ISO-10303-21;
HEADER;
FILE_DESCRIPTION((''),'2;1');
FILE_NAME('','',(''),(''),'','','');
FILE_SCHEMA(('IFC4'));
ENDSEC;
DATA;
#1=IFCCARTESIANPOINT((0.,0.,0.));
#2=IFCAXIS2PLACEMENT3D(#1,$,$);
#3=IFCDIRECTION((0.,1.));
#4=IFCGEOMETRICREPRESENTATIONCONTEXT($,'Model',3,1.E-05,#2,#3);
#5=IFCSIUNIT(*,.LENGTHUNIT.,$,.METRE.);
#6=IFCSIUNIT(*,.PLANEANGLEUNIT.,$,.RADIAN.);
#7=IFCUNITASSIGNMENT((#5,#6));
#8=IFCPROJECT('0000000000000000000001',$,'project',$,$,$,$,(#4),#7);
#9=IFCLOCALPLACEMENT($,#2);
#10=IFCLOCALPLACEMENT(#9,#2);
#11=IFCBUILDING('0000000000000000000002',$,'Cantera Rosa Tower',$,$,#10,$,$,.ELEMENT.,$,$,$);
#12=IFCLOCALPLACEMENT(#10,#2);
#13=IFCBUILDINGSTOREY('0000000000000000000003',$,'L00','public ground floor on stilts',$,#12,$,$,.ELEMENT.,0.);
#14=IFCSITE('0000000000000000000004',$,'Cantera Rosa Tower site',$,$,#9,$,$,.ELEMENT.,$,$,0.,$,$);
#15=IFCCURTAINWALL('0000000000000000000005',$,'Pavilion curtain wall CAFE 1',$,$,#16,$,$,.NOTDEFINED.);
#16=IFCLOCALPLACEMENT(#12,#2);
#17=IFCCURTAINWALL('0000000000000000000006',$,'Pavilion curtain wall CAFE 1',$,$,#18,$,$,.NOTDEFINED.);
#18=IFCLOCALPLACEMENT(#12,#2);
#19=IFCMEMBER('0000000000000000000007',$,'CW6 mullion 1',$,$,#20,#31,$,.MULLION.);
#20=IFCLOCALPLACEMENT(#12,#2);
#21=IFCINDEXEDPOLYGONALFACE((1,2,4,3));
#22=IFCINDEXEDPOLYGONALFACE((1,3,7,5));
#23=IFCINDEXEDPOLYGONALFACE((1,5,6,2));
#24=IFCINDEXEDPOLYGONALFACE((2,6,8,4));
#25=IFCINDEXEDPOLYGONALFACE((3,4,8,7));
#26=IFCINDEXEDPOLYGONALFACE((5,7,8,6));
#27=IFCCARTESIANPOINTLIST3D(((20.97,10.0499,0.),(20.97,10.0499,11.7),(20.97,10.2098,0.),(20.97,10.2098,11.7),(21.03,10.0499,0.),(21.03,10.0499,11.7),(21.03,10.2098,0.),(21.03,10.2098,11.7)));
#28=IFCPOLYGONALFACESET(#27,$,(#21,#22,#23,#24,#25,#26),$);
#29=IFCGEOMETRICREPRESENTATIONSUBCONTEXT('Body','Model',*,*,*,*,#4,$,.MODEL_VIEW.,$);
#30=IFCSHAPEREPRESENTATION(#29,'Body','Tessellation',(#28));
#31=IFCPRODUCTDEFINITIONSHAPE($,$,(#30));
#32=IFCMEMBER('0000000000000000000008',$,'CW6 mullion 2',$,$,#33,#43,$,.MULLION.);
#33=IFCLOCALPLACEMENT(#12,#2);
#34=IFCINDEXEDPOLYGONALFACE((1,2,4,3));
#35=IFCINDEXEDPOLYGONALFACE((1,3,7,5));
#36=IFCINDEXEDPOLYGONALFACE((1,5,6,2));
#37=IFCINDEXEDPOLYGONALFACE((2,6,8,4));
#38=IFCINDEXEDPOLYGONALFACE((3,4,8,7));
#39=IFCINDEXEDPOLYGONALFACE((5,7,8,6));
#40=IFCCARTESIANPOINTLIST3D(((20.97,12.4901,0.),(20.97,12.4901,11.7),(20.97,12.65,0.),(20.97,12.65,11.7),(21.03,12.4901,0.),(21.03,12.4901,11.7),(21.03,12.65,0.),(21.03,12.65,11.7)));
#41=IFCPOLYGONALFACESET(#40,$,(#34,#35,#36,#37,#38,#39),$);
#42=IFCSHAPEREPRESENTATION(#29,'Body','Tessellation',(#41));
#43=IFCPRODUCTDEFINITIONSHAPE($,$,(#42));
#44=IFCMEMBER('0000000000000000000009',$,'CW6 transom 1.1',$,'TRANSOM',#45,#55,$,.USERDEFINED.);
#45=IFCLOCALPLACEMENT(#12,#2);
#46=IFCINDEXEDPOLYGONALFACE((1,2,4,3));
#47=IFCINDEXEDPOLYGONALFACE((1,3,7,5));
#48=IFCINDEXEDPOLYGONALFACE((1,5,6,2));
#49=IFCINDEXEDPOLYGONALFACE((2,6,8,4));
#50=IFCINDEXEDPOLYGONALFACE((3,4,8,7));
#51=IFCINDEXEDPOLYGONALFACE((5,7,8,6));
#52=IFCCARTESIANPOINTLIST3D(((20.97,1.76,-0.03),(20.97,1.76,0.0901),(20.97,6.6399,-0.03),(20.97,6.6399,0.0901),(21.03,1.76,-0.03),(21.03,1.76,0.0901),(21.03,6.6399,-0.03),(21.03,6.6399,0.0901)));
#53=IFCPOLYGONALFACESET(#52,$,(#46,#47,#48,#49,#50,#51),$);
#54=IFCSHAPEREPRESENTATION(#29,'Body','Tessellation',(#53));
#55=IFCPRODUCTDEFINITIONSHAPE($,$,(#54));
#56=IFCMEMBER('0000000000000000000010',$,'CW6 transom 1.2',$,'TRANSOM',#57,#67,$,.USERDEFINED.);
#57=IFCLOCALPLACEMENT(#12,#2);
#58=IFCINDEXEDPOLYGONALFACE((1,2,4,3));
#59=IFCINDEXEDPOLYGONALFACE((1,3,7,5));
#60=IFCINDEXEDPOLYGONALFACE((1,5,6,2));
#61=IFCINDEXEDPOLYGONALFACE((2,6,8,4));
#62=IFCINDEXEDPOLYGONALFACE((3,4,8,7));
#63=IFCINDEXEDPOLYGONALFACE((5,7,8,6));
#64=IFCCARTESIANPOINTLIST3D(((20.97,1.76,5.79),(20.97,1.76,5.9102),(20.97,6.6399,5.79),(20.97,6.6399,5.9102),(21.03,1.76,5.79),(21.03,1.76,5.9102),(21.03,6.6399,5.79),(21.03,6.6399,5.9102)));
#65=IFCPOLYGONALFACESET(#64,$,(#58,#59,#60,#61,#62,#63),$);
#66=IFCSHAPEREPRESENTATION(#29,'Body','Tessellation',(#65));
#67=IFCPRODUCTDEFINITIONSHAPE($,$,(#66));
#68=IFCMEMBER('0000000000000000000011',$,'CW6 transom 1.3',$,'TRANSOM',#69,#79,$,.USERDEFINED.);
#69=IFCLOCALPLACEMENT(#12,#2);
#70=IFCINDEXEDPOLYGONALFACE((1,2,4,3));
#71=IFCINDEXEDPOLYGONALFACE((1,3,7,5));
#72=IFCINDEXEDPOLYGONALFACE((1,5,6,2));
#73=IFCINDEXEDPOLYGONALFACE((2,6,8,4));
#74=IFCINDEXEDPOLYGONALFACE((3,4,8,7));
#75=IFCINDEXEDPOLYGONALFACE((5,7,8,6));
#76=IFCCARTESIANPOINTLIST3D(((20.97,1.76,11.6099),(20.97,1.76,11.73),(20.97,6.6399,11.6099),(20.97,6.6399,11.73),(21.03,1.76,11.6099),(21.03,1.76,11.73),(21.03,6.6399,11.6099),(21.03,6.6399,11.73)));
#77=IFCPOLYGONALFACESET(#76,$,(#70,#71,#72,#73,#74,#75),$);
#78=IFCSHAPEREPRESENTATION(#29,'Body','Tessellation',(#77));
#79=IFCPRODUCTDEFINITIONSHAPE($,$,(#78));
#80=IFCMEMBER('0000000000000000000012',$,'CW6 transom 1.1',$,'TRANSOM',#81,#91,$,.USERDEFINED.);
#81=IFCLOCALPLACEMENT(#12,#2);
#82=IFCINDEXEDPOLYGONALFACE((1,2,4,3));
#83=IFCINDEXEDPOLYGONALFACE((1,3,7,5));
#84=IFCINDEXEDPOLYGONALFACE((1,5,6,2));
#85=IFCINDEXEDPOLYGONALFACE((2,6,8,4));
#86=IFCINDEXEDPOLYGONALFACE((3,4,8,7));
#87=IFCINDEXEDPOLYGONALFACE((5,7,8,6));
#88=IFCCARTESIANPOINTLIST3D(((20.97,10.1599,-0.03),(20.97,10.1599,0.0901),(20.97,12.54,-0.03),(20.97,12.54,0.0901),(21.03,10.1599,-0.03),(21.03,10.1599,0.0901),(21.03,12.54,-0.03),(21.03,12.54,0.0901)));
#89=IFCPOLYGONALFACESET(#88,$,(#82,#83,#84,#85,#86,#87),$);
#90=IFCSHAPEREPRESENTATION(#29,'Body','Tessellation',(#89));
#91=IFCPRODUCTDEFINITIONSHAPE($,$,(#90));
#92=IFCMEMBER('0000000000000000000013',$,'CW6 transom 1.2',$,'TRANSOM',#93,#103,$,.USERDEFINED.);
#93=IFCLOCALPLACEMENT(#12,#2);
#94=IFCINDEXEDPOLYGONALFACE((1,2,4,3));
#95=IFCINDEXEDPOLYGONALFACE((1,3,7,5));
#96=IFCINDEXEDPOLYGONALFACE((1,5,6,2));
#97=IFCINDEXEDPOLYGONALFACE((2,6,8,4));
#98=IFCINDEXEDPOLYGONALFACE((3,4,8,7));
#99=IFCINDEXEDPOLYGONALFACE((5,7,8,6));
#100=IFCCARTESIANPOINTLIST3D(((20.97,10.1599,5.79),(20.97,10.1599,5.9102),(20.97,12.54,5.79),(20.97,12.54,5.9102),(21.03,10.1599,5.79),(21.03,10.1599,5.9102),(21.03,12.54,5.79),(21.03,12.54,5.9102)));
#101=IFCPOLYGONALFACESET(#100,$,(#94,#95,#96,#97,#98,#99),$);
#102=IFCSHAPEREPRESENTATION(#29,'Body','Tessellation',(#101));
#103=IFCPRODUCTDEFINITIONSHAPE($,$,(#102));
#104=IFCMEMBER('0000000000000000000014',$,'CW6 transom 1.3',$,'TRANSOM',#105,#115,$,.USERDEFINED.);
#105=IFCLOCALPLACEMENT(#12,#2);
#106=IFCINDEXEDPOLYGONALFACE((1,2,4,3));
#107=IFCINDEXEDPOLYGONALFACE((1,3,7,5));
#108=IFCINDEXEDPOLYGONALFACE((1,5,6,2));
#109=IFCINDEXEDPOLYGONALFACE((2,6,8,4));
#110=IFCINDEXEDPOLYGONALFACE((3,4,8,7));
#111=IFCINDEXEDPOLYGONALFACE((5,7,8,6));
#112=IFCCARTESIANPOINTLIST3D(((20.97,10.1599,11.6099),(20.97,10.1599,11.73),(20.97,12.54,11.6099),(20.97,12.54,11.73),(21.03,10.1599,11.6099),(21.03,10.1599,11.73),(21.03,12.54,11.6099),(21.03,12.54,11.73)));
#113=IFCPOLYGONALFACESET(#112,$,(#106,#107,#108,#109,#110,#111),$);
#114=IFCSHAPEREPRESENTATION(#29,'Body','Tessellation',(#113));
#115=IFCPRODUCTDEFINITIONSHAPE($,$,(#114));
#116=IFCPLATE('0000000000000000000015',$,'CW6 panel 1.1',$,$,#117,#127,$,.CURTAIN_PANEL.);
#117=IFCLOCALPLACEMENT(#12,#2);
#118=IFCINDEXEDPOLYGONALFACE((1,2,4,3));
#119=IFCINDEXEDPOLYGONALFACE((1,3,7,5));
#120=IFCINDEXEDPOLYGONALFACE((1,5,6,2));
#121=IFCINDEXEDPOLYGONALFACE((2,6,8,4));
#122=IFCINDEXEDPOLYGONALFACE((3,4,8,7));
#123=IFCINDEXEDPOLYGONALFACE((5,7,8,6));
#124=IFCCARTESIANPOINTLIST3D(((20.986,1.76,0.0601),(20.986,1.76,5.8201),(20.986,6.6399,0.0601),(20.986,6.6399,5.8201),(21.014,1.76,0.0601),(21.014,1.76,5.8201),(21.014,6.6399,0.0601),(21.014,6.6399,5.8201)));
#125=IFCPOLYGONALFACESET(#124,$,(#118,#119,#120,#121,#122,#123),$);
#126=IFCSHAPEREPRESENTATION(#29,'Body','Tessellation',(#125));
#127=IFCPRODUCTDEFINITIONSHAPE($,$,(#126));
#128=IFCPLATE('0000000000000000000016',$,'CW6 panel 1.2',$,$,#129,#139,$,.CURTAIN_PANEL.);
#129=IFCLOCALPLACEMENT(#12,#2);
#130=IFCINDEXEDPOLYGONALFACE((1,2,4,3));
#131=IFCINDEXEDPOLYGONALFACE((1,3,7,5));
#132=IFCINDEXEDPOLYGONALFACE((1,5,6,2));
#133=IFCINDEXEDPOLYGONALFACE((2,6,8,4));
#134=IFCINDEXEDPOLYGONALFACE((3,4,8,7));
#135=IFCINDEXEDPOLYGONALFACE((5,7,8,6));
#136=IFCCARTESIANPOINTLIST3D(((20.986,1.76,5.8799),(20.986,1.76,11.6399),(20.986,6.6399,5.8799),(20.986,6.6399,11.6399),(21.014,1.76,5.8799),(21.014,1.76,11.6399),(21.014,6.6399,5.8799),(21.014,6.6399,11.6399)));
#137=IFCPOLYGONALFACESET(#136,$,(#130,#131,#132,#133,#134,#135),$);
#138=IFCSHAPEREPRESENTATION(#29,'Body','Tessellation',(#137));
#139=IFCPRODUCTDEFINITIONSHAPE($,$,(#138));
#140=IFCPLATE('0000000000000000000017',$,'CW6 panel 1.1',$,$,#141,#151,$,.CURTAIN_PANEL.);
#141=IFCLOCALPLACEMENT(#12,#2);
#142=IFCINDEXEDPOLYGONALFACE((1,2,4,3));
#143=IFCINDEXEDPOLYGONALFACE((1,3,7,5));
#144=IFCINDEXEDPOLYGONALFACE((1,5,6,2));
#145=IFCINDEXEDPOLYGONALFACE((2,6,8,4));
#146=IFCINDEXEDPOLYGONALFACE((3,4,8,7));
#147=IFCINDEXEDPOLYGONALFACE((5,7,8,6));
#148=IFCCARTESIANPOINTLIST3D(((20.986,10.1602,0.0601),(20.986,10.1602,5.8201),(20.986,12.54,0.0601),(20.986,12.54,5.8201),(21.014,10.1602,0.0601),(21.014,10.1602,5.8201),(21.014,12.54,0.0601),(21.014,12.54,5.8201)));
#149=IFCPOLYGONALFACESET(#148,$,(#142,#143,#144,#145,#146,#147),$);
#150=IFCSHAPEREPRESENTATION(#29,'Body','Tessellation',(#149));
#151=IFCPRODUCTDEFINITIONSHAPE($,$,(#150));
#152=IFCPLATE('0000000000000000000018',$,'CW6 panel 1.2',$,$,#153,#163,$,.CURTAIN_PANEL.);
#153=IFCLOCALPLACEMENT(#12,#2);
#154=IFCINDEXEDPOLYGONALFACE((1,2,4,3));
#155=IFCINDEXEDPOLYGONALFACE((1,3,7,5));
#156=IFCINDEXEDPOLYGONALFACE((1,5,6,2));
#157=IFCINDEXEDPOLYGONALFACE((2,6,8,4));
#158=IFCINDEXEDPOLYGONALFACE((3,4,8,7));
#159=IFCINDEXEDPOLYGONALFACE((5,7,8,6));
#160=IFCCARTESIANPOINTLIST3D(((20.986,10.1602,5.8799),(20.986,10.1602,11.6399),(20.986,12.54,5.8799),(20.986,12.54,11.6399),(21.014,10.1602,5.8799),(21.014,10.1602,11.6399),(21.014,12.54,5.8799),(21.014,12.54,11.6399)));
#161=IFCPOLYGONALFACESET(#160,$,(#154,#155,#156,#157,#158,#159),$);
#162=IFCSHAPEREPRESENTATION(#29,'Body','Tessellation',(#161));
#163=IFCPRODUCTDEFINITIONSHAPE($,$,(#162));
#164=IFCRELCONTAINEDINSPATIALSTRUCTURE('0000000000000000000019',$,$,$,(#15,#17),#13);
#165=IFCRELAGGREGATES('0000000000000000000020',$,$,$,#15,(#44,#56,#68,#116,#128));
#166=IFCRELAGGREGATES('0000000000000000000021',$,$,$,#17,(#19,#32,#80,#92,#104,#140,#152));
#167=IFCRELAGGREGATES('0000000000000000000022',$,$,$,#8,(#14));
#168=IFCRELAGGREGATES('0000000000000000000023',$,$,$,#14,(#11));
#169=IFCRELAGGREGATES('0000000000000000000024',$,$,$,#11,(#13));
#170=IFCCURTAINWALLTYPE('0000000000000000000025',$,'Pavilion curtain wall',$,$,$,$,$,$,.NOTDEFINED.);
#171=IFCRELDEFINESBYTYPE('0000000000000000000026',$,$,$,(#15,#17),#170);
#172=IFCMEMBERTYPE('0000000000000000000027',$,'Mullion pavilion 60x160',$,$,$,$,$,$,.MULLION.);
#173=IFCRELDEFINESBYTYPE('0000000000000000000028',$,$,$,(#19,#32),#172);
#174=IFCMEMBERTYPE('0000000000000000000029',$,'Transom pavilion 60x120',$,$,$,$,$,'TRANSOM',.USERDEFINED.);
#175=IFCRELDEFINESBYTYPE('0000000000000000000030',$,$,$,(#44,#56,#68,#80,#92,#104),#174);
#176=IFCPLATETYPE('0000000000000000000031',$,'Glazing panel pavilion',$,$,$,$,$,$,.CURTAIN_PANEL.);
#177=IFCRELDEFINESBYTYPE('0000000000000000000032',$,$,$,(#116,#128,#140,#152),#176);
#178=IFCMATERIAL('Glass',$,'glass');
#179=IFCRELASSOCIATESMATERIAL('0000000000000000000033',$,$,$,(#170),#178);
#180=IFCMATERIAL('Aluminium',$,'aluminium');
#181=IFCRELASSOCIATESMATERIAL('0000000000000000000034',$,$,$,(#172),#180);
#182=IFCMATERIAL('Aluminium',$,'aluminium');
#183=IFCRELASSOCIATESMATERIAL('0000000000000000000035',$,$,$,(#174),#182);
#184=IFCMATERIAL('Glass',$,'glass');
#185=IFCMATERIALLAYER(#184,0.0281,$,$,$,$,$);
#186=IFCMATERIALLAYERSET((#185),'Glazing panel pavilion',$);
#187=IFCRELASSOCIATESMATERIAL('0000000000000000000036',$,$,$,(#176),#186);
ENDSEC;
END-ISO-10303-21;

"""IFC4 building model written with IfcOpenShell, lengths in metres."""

from ifc_helpers import new_model, si_unit, direction, frame, origin, origin_2d, place, context, subcontext, project, spatial, rectangle, extrude, material, layer, layer_set, material_profile, profile_set, type_object, element, aggregate, save


model = new_model("IFC4")

# Units and contexts
model_context = context("Model", 3, precision=1e-05, world=origin(), true_north=direction((0.0, 1.0)))
body_context = subcontext(model_context, "Body", "Model", "MODEL_VIEW")
ifc_project = project(units=[si_unit("LENGTHUNIT", "METRE"), si_unit("PLANEANGLEUNIT", "RADIAN")], contexts=[model_context])

# Site, building, storey
site_placement = place(None, origin())
site = spatial("IfcSite", under=ifc_project, at=site_placement, Name="Cantera Rosa Tower site", CompositionType="ELEMENT", RefElevation=0.0)
building_placement = place(site_placement, origin())
building = spatial("IfcBuilding", under=site, at=building_placement, Name="Cantera Rosa Tower", CompositionType="ELEMENT")
storey_placement = place(building_placement, origin())
storey = spatial("IfcBuildingStorey", under=building, at=storey_placement, Name="L00", Description="public ground floor on stilts", CompositionType="ELEMENT", Elevation=0.0)

# Curtain walls, members
ifc_material_1 = material(Name="Glass", Category="glass")
curtain_wall_type = type_object("IfcCurtainWallType", Name="Pavilion curtain wall", PredefinedType="NOTDEFINED", material=ifc_material_1)
curtain_wall_1_placement = place(storey_placement, origin())
curtain_wall_1 = element("IfcCurtainWall", 1, at=curtain_wall_1_placement, inside=storey, type_object=curtain_wall_type, Name="Pavilion curtain wall CAFE 1", PredefinedType="NOTDEFINED")
ifc_material_2 = material(Name="Aluminium", Category="aluminium")
ifc_material_profile_1 = material_profile(ifc_material_2, rectangle(XDim=0.0601, YDim=0.1599, at=origin_2d()), Name="Mullion pavilion 60x160")
ifc_profile_set_1 = profile_set([ifc_material_profile_1], Name="Aluminium")
member_type_1 = type_object("IfcMemberType", Name="Mullion pavilion 60x160", PredefinedType="MULLION", material=ifc_profile_set_1)
curtain_wall_2_placement = place(storey_placement, origin())
curtain_wall_2 = element("IfcCurtainWall", 2, at=curtain_wall_2_placement, inside=storey, type_object=curtain_wall_type, Name="Pavilion curtain wall CAFE 1", PredefinedType="NOTDEFINED")
member_1_placement = place(storey_placement, frame((21.0, 10.1299, 0.0), z_axis=(0.0, 0.0, 1.0), x_axis=(-1.0, 0.0, 0.0)))
member_1 = element("IfcMember", 3, at=member_1_placement, type_object=member_type_1, Name="CW6 mullion 1", PredefinedType="MULLION", context=body_context, shape_type="SweptSolid", body=[
    extrude(rectangle(XDim=0.0601, YDim=0.1599, at=origin_2d()), origin(), (0.0, 0.0, 1.0), 11.7),
])
member_2_placement = place(storey_placement, frame((21.0, 12.5701, 0.0), z_axis=(0.0, 0.0, 1.0), x_axis=(-1.0, 0.0, 0.0)))
member_2 = element("IfcMember", 4, at=member_2_placement, type_object=member_type_1, Name="CW6 mullion 2", PredefinedType="MULLION", context=body_context, shape_type="SweptSolid", body=[
    extrude(rectangle(XDim=0.0601, YDim=0.1599, at=origin_2d()), origin(), (0.0, 0.0, 1.0), 11.7),
])

# Members
ifc_material_3 = material(Name="Aluminium", Category="aluminium")
ifc_material_profile_2 = material_profile(ifc_material_3, rectangle(XDim=0.0601, YDim=0.1201, at=origin_2d()), Name="Transom pavilion 60x120")
ifc_profile_set_2 = profile_set([ifc_material_profile_2], Name="Aluminium")
member_type_2 = type_object("IfcMemberType", Name="Transom pavilion 60x120", ElementType="TRANSOM", PredefinedType="USERDEFINED", material=ifc_profile_set_2)
member_3_placement = place(storey_placement, frame((21.0, 1.76, 0.03), z_axis=(0.0, 1.0, 0.0), x_axis=(-1.0, 0.0, 0.0)))
member_3 = element("IfcMember", 5, at=member_3_placement, type_object=member_type_2, Name="CW6 transom 1.1", ObjectType="TRANSOM", PredefinedType="USERDEFINED", context=body_context, shape_type="SweptSolid", body=[
    extrude(rectangle(XDim=0.0601, YDim=0.1201, at=origin_2d()), origin(), (0.0, 0.0, 1.0), 4.8799),
])
member_4_placement = place(storey_placement, frame((21.0, 1.76, 5.8501), z_axis=(0.0, 1.0, 0.0), x_axis=(-1.0, 0.0, 0.0)))
member_4 = element("IfcMember", 6, at=member_4_placement, type_object=member_type_2, Name="CW6 transom 1.2", ObjectType="TRANSOM", PredefinedType="USERDEFINED", context=body_context, shape_type="SweptSolid", body=[
    extrude(rectangle(XDim=0.0601, YDim=0.1201, at=origin_2d()), origin(), (0.0, 0.0, 1.0), 4.8799),
])
member_5_placement = place(storey_placement, frame((21.0, 1.76, 11.6699), z_axis=(0.0, 1.0, 0.0), x_axis=(-1.0, 0.0, 0.0)))
member_5 = element("IfcMember", 7, at=member_5_placement, type_object=member_type_2, Name="CW6 transom 1.3", ObjectType="TRANSOM", PredefinedType="USERDEFINED", context=body_context, shape_type="SweptSolid", body=[
    extrude(rectangle(XDim=0.0601, YDim=0.1201, at=origin_2d()), origin(), (0.0, 0.0, 1.0), 4.8799),
])
member_6_placement = place(storey_placement, frame((21.0, 10.1599, 0.03), z_axis=(0.0, 1.0, 0.0), x_axis=(-1.0, 0.0, 0.0)))
member_6 = element("IfcMember", 8, at=member_6_placement, type_object=member_type_2, Name="CW6 transom 1.1", ObjectType="TRANSOM", PredefinedType="USERDEFINED", context=body_context, shape_type="SweptSolid", body=[
    extrude(rectangle(XDim=0.0601, YDim=0.1201, at=origin_2d()), origin(), (0.0, 0.0, 1.0), 2.3801),
])
member_7_placement = place(storey_placement, frame((21.0, 10.1599, 5.8501), z_axis=(0.0, 1.0, 0.0), x_axis=(-1.0, 0.0, 0.0)))
member_7 = element("IfcMember", 9, at=member_7_placement, type_object=member_type_2, Name="CW6 transom 1.2", ObjectType="TRANSOM", PredefinedType="USERDEFINED", context=body_context, shape_type="SweptSolid", body=[
    extrude(rectangle(XDim=0.0601, YDim=0.1201, at=origin_2d()), origin(), (0.0, 0.0, 1.0), 2.3801),
])
member_8_placement = place(storey_placement, frame((21.0, 10.1599, 11.6699), z_axis=(0.0, 1.0, 0.0), x_axis=(-1.0, 0.0, 0.0)))
member_8 = element("IfcMember", 10, at=member_8_placement, type_object=member_type_2, Name="CW6 transom 1.3", ObjectType="TRANSOM", PredefinedType="USERDEFINED", context=body_context, shape_type="SweptSolid", body=[
    extrude(rectangle(XDim=0.0601, YDim=0.1201, at=origin_2d()), origin(), (0.0, 0.0, 1.0), 2.3801),
])

# Plates
ifc_material_4 = material(Name="Glass", Category="glass")
ifc_layer_1 = layer(ifc_material_4, 0.0281)
ifc_layer_set_1 = layer_set([ifc_layer_1], Name="Glazing panel pavilion")
plate_type = type_object("IfcPlateType", Name="Glazing panel pavilion", PredefinedType="CURTAIN_PANEL", material=ifc_layer_set_1)
plate_1_placement = place(storey_placement, frame((21.0, 4.2, 0.0601), z_axis=(0.0, 0.0, 1.0), x_axis=(0.0, 1.0, 0.0)))
plate_1 = element("IfcPlate", 11, at=plate_1_placement, type_object=plate_type, Name="CW6 panel 1.1", PredefinedType="CURTAIN_PANEL", context=body_context, shape_type="SweptSolid", body=[
    extrude(rectangle(XDim=4.8799, YDim=0.0281, at=origin_2d()), origin(), (0.0, 0.0, 1.0), 5.76),
])
plate_2_placement = place(storey_placement, frame((21.0, 4.2, 5.8799), z_axis=(0.0, 0.0, 1.0), x_axis=(0.0, 1.0, 0.0)))
plate_2 = element("IfcPlate", 12, at=plate_2_placement, type_object=plate_type, Name="CW6 panel 1.2", PredefinedType="CURTAIN_PANEL", context=body_context, shape_type="SweptSolid", body=[
    extrude(rectangle(XDim=4.8799, YDim=0.0281, at=origin_2d()), origin(), (0.0, 0.0, 1.0), 5.76),
])
aggregate(curtain_wall_1, [member_3, member_4, member_5, plate_1, plate_2])
plate_3_placement = place(storey_placement, frame((21.0, 11.3501, 0.0601), z_axis=(0.0, 0.0, 1.0), x_axis=(0.0, 1.0, 0.0)))
plate_3 = element("IfcPlate", 13, at=plate_3_placement, type_object=plate_type, Name="CW6 panel 1.1", PredefinedType="CURTAIN_PANEL", context=body_context, shape_type="SweptSolid", body=[
    extrude(rectangle(XDim=2.3799, YDim=0.0281, at=origin_2d()), origin(), (0.0, 0.0, 1.0), 5.76),
])
plate_4_placement = place(storey_placement, frame((21.0, 11.3501, 5.8799), z_axis=(0.0, 0.0, 1.0), x_axis=(0.0, 1.0, 0.0)))
plate_4 = element("IfcPlate", 14, at=plate_4_placement, type_object=plate_type, Name="CW6 panel 1.2", PredefinedType="CURTAIN_PANEL", context=body_context, shape_type="SweptSolid", body=[
    extrude(rectangle(XDim=2.3799, YDim=0.0281, at=origin_2d()), origin(), (0.0, 0.0, 1.0), 5.76),
])
aggregate(curtain_wall_2, [member_1, member_2, member_6, member_7, member_8, plate_3, plate_4])

save(model, "model.ifc")
